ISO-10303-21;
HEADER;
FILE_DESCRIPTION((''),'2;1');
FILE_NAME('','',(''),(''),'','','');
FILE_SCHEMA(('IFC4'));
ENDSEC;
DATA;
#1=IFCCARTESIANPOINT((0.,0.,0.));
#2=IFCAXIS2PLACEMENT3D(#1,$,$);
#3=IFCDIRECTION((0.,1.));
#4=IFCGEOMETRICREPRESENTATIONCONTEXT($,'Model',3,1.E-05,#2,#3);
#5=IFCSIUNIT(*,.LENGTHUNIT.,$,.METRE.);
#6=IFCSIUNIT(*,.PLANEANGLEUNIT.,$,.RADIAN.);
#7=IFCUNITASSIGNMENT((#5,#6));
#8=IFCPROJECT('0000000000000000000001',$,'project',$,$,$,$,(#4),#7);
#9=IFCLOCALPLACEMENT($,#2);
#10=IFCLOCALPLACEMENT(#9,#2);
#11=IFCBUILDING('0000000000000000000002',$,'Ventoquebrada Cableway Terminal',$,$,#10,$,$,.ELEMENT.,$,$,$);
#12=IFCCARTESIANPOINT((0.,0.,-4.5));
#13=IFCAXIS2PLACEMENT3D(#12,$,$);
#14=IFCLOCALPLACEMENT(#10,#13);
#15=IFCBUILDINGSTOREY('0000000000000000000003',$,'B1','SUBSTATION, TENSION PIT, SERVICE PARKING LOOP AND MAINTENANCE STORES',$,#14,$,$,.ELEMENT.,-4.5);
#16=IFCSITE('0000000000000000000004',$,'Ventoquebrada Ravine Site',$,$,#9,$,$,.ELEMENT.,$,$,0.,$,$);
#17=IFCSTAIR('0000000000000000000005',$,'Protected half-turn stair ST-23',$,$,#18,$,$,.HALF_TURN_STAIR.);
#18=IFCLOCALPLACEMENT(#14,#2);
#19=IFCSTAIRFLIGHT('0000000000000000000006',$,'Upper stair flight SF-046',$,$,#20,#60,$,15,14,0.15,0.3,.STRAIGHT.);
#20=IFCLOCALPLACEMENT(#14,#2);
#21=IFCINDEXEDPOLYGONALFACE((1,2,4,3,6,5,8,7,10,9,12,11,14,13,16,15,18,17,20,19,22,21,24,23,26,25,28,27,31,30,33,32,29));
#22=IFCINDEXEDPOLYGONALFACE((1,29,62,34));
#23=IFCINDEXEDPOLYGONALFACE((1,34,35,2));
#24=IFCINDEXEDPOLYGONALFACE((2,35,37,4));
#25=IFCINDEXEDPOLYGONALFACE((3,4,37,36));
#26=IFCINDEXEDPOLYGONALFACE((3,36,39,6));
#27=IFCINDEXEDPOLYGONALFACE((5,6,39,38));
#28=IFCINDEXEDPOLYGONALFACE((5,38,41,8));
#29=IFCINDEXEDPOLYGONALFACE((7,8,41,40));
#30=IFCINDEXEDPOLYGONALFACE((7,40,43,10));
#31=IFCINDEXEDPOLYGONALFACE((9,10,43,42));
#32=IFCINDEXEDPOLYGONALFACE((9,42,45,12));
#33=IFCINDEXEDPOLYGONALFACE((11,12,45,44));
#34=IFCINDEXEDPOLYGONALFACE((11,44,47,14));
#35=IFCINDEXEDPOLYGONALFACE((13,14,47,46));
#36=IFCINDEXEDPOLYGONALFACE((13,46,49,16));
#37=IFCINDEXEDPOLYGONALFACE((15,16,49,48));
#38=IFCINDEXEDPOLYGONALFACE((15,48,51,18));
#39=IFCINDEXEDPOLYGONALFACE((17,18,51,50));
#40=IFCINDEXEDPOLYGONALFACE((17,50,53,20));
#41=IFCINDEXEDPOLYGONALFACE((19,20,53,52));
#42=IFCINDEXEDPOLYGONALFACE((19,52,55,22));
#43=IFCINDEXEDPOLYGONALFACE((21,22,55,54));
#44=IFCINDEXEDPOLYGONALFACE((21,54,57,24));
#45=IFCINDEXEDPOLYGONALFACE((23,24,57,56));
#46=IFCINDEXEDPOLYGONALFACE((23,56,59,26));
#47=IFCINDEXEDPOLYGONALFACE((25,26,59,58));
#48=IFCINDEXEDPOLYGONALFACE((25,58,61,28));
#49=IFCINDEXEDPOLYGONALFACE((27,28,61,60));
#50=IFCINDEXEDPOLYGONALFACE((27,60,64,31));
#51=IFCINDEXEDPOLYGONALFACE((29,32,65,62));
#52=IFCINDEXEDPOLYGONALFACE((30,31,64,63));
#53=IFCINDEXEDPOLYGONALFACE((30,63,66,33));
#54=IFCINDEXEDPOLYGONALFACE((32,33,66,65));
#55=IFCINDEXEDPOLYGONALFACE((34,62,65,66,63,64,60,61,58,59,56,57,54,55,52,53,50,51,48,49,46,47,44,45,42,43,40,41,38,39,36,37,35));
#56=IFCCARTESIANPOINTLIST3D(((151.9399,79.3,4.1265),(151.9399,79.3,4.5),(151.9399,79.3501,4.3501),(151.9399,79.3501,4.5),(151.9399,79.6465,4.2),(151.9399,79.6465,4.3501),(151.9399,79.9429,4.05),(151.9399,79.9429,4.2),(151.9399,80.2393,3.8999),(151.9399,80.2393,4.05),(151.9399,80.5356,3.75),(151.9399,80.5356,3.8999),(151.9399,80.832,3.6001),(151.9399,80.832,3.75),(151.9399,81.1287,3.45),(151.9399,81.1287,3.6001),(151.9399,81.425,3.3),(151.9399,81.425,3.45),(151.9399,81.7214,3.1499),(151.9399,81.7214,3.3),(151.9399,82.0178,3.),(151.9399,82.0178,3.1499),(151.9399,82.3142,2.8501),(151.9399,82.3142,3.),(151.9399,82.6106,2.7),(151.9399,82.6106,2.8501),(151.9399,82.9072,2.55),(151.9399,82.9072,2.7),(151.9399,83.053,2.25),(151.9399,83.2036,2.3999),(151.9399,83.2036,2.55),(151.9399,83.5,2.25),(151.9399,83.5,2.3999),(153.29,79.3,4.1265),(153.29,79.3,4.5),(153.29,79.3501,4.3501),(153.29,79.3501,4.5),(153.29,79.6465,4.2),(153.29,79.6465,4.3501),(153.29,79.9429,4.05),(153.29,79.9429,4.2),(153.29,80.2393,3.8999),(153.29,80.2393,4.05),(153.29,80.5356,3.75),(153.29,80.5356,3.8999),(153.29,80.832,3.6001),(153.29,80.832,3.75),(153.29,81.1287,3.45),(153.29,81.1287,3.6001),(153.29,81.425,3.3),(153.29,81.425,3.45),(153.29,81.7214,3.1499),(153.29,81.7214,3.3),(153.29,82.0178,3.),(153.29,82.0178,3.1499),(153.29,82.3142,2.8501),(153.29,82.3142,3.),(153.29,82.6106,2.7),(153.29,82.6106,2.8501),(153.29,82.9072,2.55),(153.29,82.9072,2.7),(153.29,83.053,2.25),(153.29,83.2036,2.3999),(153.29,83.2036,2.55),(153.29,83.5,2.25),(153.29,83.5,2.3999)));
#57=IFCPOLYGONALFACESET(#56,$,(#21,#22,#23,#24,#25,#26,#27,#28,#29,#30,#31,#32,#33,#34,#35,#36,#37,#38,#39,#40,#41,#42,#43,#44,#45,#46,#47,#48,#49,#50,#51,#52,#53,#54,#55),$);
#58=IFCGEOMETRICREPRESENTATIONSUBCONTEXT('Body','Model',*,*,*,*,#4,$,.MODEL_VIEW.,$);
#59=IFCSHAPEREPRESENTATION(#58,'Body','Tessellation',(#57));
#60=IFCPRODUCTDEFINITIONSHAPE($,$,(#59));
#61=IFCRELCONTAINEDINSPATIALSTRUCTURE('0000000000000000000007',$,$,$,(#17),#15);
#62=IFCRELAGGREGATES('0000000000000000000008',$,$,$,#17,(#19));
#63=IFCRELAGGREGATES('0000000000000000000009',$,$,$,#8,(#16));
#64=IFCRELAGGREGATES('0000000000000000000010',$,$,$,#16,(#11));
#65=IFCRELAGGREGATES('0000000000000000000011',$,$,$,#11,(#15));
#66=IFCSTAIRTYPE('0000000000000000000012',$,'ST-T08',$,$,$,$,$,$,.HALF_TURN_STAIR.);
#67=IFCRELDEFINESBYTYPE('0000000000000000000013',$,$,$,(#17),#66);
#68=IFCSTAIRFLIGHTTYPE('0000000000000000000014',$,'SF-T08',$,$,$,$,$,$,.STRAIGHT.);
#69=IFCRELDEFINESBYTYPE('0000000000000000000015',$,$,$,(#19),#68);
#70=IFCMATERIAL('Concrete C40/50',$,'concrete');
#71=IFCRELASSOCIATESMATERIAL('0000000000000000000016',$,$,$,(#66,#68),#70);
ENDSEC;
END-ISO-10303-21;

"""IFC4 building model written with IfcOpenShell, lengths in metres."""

from ifc_helpers import new_model, si_unit, direction, frame, origin, place, context, subcontext, project, spatial, polyline, outline, extrude, material, type_object, element, aggregate, save


model = new_model("IFC4")

# Units and contexts
model_context = context("Model", 3, precision=1e-05, world=origin(), true_north=direction((0.0, 1.0)))
body_context = subcontext(model_context, "Body", "Model", "MODEL_VIEW")
ifc_project = project(units=[si_unit("LENGTHUNIT", "METRE"), si_unit("PLANEANGLEUNIT", "RADIAN")], contexts=[model_context])

# Site, building, storey
site_placement = place(None, origin())
site = spatial("IfcSite", under=ifc_project, at=site_placement, Name="Ventoquebrada Ravine Site", CompositionType="ELEMENT", RefElevation=0.0)
building_placement = place(site_placement, origin())
building = spatial("IfcBuilding", under=site, at=building_placement, Name="Ventoquebrada Cableway Terminal", CompositionType="ELEMENT")
storey_placement = place(building_placement, frame((0.0, 0.0, -4.5)))
storey = spatial("IfcBuildingStorey", under=building, at=storey_placement, Name="B1", Description="SUBSTATION, TENSION PIT, SERVICE PARKING LOOP AND MAINTENANCE STORES", CompositionType="ELEMENT", Elevation=-4.5)

# Shared definitions
ifc_material_1 = material(Name="Concrete C40/50", Category="concrete")

# Stair, stair flight
stair_type = type_object("IfcStairType", Name="ST-T08", PredefinedType="HALF_TURN_STAIR", material=ifc_material_1)
stair_placement = place(storey_placement, origin())
stair = element("IfcStair", 1, at=stair_placement, inside=storey, type_object=stair_type, Name="Protected half-turn stair ST-23", PredefinedType="HALF_TURN_STAIR")
stair_flight_type = type_object("IfcStairFlightType", Name="SF-T08", PredefinedType="STRAIGHT", material=ifc_material_1)
stair_flight_placement = place(storey_placement, frame((152.615, 83.5, 2.25), z_axis=(0.0, 0.0, 1.0), x_axis=(0.0, -1.0, 0.0)))
stair_flight = element("IfcStairFlight", 2, at=stair_flight_placement, type_object=stair_flight_type, Name="Upper stair flight SF-046", NumberOfRisers=15, NumberOfTreads=14, PredefinedType="STRAIGHT", RiserHeight=0.15, TreadLength=0.3, context=body_context, shape_type="SweptSolid", body=[
    extrude(outline(polyline([(0.0, 0.0), (0.0, 0.1499), (0.2964, 0.1499), (0.2964, 0.3), (0.5928, 0.3), (0.5928, 0.45), (0.8894, 0.45), (0.8894, 0.6001), (1.1858, 0.6001), (1.1858, 0.75), (1.4822, 0.75), (1.4822, 0.8999), (1.7786, 0.8999), (1.7786, 1.05), (2.075, 1.05), (2.075, 1.2), (2.3713, 1.2), (2.3713, 1.3501), (2.668, 1.3501), (2.668, 1.5), (2.9644, 1.5), (2.9644, 1.6499), (3.2607, 1.6499), (3.2607, 1.8), (3.5571, 1.8), (3.5571, 1.95), (3.8535, 1.95), (3.8535, 2.1001), (4.1499, 2.1001), (4.1499, 2.25), (4.2, 2.25), (4.2, 1.8765), (0.447, 0.0), (0.0, 0.0)])), frame((0.0, 0.675, 0.0), z_axis=(0.0, -1.0, 0.0), x_axis=(1.0, 0.0, 0.0)), (0.0, 0.0, 1.0), 1.3501),
])
aggregate(stair, [stair_flight])

save(model, "model.ifc")
